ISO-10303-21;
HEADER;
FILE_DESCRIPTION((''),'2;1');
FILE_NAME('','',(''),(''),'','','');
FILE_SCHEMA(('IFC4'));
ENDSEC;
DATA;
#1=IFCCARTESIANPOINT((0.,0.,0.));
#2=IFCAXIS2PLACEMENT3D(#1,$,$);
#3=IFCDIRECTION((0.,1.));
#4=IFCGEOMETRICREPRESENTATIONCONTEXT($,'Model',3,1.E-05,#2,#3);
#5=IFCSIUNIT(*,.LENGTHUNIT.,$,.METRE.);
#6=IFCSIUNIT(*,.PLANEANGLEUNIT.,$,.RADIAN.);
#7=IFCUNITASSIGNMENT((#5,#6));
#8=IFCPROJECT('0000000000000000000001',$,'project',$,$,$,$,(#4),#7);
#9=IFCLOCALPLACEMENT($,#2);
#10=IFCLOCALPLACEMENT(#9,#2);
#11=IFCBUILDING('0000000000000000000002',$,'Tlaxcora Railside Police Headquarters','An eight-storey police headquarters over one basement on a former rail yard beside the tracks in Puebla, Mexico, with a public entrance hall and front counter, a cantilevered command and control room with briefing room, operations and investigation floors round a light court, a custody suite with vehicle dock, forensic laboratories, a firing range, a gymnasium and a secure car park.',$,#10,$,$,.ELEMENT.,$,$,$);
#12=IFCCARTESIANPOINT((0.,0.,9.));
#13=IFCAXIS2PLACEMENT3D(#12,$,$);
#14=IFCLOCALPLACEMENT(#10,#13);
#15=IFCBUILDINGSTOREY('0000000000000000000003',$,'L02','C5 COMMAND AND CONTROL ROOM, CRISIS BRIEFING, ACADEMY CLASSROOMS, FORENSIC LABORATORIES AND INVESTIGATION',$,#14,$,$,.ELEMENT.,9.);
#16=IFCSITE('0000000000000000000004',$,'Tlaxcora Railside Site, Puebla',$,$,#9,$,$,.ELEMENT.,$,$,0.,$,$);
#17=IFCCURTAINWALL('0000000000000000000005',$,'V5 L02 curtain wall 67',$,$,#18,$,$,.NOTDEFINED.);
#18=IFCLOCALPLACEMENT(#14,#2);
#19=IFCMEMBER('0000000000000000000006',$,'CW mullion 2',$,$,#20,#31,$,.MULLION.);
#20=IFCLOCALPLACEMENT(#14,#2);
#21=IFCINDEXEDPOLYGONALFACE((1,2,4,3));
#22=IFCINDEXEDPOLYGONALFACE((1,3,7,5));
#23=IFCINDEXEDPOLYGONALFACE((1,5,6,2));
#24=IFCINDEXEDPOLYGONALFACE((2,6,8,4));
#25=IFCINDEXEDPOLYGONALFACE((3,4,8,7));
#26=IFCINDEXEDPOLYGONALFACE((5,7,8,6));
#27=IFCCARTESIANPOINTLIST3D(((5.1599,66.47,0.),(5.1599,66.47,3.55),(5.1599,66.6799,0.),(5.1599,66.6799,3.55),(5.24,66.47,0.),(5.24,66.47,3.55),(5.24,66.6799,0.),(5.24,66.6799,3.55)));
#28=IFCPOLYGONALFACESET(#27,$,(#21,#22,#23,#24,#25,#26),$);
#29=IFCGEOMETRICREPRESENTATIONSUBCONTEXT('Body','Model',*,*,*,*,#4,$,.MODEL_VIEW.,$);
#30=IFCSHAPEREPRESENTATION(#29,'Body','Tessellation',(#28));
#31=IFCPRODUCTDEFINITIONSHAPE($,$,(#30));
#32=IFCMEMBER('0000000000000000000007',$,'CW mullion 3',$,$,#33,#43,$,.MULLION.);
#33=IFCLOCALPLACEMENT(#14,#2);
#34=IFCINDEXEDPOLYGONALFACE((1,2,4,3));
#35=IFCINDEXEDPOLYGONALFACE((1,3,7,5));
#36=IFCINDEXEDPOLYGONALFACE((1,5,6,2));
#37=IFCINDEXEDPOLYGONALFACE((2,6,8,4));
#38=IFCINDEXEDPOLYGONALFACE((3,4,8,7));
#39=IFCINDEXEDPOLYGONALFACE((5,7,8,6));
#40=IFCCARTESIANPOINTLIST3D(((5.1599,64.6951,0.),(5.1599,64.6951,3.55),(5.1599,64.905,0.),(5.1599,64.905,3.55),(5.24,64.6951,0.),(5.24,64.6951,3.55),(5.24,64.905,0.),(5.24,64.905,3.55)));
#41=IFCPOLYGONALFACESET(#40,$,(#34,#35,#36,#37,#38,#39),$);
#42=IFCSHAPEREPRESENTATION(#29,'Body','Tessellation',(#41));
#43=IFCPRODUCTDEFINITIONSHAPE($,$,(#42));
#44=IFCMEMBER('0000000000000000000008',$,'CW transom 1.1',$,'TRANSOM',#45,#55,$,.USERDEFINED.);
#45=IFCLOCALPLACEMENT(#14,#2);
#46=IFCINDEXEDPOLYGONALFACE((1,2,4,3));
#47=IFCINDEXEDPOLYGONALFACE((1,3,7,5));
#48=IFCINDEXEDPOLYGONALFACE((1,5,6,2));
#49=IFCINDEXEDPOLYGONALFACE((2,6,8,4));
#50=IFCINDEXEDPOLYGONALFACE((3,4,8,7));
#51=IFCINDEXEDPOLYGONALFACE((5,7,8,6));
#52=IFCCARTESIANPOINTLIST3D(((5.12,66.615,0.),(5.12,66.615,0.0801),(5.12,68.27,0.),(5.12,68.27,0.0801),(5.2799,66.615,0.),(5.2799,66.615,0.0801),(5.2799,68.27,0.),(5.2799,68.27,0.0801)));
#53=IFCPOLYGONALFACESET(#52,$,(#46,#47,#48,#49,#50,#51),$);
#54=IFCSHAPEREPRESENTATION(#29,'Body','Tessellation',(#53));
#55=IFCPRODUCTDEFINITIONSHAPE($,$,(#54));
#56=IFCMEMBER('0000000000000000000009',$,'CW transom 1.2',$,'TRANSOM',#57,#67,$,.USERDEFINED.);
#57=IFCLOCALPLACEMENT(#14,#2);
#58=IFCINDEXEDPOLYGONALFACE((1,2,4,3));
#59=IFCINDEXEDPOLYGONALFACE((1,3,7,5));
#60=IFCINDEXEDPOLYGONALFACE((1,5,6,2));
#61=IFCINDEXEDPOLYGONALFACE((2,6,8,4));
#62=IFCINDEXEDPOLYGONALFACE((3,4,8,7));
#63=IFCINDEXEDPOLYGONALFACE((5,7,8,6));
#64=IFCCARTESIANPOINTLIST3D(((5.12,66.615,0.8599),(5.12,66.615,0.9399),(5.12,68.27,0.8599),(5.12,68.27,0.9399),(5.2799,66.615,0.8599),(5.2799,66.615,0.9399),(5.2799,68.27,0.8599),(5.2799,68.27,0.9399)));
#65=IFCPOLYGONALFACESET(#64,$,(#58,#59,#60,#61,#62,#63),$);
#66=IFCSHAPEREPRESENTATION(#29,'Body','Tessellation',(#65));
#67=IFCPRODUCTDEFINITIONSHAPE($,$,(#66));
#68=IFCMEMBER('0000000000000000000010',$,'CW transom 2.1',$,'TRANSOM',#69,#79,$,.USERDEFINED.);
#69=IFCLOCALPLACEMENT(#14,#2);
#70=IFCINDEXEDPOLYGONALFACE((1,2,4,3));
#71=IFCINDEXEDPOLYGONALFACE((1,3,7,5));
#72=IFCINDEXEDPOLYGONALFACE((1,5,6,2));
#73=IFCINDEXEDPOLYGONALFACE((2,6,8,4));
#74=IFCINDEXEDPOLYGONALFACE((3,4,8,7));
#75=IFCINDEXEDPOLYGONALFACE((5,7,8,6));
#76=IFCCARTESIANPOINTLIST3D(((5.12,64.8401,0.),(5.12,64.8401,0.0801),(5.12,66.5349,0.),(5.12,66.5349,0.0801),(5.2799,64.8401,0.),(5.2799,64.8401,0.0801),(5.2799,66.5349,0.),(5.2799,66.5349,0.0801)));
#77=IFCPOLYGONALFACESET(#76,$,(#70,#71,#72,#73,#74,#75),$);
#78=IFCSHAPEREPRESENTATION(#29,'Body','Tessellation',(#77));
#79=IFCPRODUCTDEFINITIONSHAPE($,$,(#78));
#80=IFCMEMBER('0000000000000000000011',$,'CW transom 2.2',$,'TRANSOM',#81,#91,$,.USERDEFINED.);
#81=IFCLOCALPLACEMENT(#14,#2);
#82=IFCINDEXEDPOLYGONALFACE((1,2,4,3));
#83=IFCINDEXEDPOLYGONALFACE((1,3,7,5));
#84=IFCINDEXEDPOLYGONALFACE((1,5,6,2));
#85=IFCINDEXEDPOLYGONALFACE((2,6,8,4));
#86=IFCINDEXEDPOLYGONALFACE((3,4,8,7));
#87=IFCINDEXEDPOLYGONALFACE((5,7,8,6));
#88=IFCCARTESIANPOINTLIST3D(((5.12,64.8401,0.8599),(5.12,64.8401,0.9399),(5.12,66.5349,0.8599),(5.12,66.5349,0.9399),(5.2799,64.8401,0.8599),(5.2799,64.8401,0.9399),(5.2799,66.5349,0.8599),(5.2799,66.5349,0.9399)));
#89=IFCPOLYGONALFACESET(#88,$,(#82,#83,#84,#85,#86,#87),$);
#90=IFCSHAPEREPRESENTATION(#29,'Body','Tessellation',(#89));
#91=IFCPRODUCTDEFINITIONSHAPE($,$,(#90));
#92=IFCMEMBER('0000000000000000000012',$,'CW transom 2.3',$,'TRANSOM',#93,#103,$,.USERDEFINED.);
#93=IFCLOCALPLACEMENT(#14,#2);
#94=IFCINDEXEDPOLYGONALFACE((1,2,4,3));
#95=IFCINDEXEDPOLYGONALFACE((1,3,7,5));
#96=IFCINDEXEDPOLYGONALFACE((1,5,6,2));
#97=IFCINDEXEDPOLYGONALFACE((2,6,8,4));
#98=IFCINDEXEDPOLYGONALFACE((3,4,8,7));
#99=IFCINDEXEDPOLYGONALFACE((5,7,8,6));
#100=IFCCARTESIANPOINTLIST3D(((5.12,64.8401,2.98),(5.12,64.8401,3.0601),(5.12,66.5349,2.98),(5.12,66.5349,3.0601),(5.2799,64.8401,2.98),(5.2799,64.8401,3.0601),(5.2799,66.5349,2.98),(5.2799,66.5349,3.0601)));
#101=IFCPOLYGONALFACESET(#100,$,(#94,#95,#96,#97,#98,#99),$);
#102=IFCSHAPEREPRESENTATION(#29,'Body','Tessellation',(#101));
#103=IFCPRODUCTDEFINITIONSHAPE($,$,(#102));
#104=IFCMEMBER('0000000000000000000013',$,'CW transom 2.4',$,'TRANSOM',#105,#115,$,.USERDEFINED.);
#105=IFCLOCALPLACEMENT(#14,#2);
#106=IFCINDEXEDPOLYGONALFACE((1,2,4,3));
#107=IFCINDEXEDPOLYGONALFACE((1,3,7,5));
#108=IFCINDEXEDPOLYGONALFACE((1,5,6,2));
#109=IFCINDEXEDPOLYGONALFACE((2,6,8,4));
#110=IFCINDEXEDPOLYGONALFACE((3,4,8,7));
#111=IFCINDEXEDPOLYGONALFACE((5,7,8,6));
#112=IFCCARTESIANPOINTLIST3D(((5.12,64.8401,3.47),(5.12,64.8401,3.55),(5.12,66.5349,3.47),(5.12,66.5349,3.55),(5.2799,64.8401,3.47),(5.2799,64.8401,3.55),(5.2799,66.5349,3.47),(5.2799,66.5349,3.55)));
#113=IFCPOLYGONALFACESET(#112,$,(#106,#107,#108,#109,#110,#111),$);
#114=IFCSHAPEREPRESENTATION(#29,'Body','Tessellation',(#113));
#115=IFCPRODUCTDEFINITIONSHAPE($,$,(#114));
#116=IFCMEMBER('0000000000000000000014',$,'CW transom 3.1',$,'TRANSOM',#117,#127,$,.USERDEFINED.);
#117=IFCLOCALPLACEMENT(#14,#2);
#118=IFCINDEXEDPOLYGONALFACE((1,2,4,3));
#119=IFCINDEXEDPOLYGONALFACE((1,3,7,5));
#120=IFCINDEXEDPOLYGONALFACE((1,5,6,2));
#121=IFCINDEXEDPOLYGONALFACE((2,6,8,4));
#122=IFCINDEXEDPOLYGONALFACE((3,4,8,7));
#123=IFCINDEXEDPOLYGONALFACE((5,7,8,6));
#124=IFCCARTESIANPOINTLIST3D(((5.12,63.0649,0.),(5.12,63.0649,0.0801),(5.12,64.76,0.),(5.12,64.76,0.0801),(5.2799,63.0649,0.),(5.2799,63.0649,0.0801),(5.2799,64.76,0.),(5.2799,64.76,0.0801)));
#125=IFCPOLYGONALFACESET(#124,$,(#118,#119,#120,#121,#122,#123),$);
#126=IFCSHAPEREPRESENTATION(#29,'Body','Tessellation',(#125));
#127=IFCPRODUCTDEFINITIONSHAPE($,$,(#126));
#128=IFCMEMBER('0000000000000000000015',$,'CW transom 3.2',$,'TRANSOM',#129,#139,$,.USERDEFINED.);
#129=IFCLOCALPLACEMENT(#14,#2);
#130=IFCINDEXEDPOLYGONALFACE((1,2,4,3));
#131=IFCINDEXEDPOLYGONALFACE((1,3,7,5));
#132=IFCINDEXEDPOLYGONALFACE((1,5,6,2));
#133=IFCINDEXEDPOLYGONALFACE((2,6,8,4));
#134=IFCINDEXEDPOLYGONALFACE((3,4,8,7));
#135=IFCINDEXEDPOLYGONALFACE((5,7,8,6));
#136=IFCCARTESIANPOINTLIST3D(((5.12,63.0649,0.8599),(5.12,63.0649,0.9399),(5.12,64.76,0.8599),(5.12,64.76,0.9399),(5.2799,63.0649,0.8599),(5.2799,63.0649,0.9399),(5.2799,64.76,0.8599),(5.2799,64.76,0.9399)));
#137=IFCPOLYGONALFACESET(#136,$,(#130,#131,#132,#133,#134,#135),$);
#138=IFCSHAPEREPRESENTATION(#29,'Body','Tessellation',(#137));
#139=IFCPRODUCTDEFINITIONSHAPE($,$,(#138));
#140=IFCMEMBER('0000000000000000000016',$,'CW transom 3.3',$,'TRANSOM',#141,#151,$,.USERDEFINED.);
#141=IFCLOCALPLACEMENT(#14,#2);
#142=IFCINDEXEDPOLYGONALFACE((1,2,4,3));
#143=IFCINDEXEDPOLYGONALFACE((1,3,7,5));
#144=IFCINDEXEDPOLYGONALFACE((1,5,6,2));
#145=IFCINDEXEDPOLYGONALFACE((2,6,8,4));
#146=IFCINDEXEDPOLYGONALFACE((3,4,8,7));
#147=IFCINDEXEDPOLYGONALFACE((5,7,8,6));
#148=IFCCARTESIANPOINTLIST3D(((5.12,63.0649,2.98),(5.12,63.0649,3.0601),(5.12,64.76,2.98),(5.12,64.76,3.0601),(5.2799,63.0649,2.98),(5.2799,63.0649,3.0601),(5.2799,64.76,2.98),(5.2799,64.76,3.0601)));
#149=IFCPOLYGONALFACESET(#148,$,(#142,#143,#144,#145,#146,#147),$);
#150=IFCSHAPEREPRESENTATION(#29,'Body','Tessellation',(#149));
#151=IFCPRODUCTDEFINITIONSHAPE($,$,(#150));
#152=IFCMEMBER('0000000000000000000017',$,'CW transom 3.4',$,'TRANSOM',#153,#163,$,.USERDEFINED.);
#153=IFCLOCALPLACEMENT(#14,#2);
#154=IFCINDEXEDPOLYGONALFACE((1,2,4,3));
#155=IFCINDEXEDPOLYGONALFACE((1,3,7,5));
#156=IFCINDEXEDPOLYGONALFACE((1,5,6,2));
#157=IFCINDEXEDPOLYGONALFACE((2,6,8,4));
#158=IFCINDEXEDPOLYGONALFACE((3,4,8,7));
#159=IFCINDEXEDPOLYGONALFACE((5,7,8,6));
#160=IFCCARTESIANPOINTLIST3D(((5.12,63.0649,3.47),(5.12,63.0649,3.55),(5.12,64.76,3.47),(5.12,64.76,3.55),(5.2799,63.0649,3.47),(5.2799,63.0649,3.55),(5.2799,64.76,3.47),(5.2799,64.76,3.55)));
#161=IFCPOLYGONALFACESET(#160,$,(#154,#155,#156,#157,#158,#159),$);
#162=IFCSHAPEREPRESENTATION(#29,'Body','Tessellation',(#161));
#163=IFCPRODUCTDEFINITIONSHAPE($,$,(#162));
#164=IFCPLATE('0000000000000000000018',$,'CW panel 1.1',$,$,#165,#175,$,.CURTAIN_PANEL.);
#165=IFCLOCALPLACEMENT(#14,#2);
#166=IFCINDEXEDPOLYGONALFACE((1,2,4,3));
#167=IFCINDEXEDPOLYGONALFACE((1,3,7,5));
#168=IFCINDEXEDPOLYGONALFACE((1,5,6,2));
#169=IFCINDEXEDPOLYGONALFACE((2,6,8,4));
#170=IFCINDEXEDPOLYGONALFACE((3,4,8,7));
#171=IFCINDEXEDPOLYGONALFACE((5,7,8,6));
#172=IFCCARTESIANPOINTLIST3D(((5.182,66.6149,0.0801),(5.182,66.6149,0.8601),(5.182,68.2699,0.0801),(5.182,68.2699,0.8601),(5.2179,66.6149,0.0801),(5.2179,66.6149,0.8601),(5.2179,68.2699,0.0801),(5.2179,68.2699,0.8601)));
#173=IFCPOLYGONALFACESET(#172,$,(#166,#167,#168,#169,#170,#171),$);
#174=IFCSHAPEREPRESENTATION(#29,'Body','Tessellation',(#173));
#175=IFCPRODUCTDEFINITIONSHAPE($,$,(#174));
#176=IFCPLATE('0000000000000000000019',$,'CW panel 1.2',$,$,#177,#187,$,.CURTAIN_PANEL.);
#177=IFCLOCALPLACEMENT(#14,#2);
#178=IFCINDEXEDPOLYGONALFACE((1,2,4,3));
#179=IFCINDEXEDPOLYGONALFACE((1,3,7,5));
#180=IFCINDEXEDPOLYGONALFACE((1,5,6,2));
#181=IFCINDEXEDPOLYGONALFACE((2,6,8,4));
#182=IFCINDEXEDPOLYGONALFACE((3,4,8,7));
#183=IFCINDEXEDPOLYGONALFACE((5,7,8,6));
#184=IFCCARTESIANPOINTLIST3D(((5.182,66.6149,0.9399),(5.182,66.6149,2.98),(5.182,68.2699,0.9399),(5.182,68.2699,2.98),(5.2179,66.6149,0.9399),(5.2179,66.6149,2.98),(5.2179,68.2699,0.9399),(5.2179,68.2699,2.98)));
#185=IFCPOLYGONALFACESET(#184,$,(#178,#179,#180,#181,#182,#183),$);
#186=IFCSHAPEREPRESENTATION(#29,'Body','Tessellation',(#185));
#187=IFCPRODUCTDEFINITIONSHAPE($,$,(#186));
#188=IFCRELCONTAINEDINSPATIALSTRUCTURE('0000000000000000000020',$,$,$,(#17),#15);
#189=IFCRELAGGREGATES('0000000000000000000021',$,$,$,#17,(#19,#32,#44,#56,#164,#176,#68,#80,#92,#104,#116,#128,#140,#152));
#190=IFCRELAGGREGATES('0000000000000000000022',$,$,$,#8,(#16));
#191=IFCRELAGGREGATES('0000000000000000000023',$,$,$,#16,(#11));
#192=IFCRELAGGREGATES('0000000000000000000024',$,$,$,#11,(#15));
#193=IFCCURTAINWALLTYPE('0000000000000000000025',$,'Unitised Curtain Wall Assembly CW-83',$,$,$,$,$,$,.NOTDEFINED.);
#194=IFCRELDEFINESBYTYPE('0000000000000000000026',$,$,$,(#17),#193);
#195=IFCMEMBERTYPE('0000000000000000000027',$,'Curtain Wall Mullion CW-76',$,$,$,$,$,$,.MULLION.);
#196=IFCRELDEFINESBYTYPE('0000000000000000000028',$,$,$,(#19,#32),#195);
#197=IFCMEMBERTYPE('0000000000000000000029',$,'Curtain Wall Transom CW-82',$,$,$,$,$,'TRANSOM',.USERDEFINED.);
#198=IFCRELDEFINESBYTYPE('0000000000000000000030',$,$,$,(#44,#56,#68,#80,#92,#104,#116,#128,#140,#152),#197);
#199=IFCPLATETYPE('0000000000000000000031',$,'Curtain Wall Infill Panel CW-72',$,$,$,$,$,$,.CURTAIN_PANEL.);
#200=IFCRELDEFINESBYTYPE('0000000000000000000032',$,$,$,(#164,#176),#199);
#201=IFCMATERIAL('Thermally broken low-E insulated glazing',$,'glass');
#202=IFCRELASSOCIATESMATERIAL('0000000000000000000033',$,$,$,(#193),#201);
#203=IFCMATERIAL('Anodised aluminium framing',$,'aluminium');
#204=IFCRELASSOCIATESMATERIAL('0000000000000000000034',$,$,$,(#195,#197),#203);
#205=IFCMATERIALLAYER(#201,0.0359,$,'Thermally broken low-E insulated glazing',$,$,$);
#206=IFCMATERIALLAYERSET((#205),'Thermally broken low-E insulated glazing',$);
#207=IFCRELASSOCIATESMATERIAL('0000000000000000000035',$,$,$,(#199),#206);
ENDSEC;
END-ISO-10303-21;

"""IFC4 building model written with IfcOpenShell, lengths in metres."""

from ifc_helpers import new_model, si_unit, direction, frame, origin, origin_2d, place, context, subcontext, project, spatial, rectangle, extrude, material, layer, layer_set, material_profile, profile_set, type_object, element, aggregate, save


model = new_model("IFC4")

# Units and contexts
model_context = context("Model", 3, precision=1e-05, world=origin(), true_north=direction((0.0, 1.0)))
body_context = subcontext(model_context, "Body", "Model", "MODEL_VIEW")
ifc_project = project(units=[si_unit("LENGTHUNIT", "METRE"), si_unit("PLANEANGLEUNIT", "RADIAN")], contexts=[model_context])

# Site, building, storey
site_placement = place(None, origin())
site = spatial("IfcSite", under=ifc_project, at=site_placement, Name="Tlaxcora Railside Site, Puebla", CompositionType="ELEMENT", RefElevation=0.0)
building_placement = place(site_placement, origin())
building = spatial("IfcBuilding", under=site, at=building_placement, Name="Tlaxcora Railside Police Headquarters", Description="An eight-storey police headquarters over one basement on a former rail yard beside the tracks in Puebla, Mexico, with a public entrance hall and front counter, a cantilevered command and control room with briefing room, operations and investigation floors round a light court, a custody suite with vehicle dock, forensic laboratories, a firing range, a gymnasium and a secure car park.", CompositionType="ELEMENT")
storey_placement = place(building_placement, frame((0.0, 0.0, 9.0)))
storey = spatial("IfcBuildingStorey", under=building, at=storey_placement, Name="L02", Description="C5 COMMAND AND CONTROL ROOM, CRISIS BRIEFING, ACADEMY CLASSROOMS, FORENSIC LABORATORIES AND INVESTIGATION", CompositionType="ELEMENT", Elevation=9.0)

# Curtain wall, members, plates
ifc_material_1 = material(Name="Thermally broken low-E insulated glazing", Category="glass")
curtain_wall_type = type_object("IfcCurtainWallType", Name="Unitised Curtain Wall Assembly CW-83", PredefinedType="NOTDEFINED", material=ifc_material_1)
curtain_wall_placement = place(storey_placement, origin())
curtain_wall = element("IfcCurtainWall", 1, at=curtain_wall_placement, inside=storey, type_object=curtain_wall_type, Name="V5 L02 curtain wall 67", PredefinedType="NOTDEFINED")
ifc_material_2 = material(Name="Anodised aluminium framing", Category="aluminium")
ifc_material_profile_1 = material_profile(ifc_material_2, rectangle(XDim=0.0801, YDim=0.21, at=origin_2d()), Name="AL80X210")
ifc_profile_set_1 = profile_set([ifc_material_profile_1], Name="Anodised aluminium framing")
member_type_1 = type_object("IfcMemberType", Name="Curtain Wall Mullion CW-76", PredefinedType="MULLION", material=ifc_profile_set_1)
member_1_placement = place(storey_placement, frame((5.2, 66.575, 0.0), z_axis=(0.0, 0.0, 1.0), x_axis=(1.0, 0.0, 0.0)))
member_1 = element("IfcMember", 2, at=member_1_placement, type_object=member_type_1, Name="CW mullion 2", PredefinedType="MULLION", context=body_context, shape_type="SweptSolid", body=[
    extrude(rectangle(XDim=0.0801, YDim=0.21, at=origin_2d()), origin(), (0.0, 0.0, 1.0), 3.55),
])
member_2_placement = place(storey_placement, frame((5.2, 64.8, 0.0), z_axis=(0.0, 0.0, 1.0), x_axis=(1.0, 0.0, 0.0)))
member_2 = element("IfcMember", 3, at=member_2_placement, type_object=member_type_1, Name="CW mullion 3", PredefinedType="MULLION", context=body_context, shape_type="SweptSolid", body=[
    extrude(rectangle(XDim=0.0801, YDim=0.21, at=origin_2d()), origin(), (0.0, 0.0, 1.0), 3.55),
])
ifc_material_profile_2 = material_profile(ifc_material_2, rectangle(XDim=0.1599, YDim=0.0801, at=origin_2d()), Name="AL80X160")
ifc_profile_set_2 = profile_set([ifc_material_profile_2], Name="Anodised aluminium framing")
member_type_2 = type_object("IfcMemberType", Name="Curtain Wall Transom CW-82", ElementType="TRANSOM", PredefinedType="USERDEFINED", material=ifc_profile_set_2)
member_3_placement = place(storey_placement, frame((5.2, 68.27, 0.04), z_axis=(0.0, -1.0, 0.0), x_axis=(1.0, 0.0, 0.0)))
member_3 = element("IfcMember", 4, at=member_3_placement, type_object=member_type_2, Name="CW transom 1.1", ObjectType="TRANSOM", PredefinedType="USERDEFINED", context=body_context, shape_type="SweptSolid", body=[
    extrude(rectangle(XDim=0.1599, YDim=0.0801, at=origin_2d()), origin(), (0.0, 0.0, 1.0), 1.655),
])
member_4_placement = place(storey_placement, frame((5.2, 68.27, 0.8999), z_axis=(0.0, -1.0, 0.0), x_axis=(1.0, 0.0, 0.0)))
member_4 = element("IfcMember", 5, at=member_4_placement, type_object=member_type_2, Name="CW transom 1.2", ObjectType="TRANSOM", PredefinedType="USERDEFINED", context=body_context, shape_type="SweptSolid", body=[
    extrude(rectangle(XDim=0.1599, YDim=0.0801, at=origin_2d()), origin(), (0.0, 0.0, 1.0), 1.655),
])
member_5_placement = place(storey_placement, frame((5.2, 66.5349, 0.04), z_axis=(0.0, -1.0, 0.0), x_axis=(1.0, 0.0, 0.0)))
member_5 = element("IfcMember", 6, at=member_5_placement, type_object=member_type_2, Name="CW transom 2.1", ObjectType="TRANSOM", PredefinedType="USERDEFINED", context=body_context, shape_type="SweptSolid", body=[
    extrude(rectangle(XDim=0.1599, YDim=0.0801, at=origin_2d()), origin(), (0.0, 0.0, 1.0), 1.6948),
])
member_6_placement = place(storey_placement, frame((5.2, 66.5349, 0.8999), z_axis=(0.0, -1.0, 0.0), x_axis=(1.0, 0.0, 0.0)))
member_6 = element("IfcMember", 7, at=member_6_placement, type_object=member_type_2, Name="CW transom 2.2", ObjectType="TRANSOM", PredefinedType="USERDEFINED", context=body_context, shape_type="SweptSolid", body=[
    extrude(rectangle(XDim=0.1599, YDim=0.0801, at=origin_2d()), origin(), (0.0, 0.0, 1.0), 1.6948),
])
member_7_placement = place(storey_placement, frame((5.2, 66.5349, 3.02), z_axis=(0.0, -1.0, 0.0), x_axis=(1.0, 0.0, 0.0)))
member_7 = element("IfcMember", 8, at=member_7_placement, type_object=member_type_2, Name="CW transom 2.3", ObjectType="TRANSOM", PredefinedType="USERDEFINED", context=body_context, shape_type="SweptSolid", body=[
    extrude(rectangle(XDim=0.1599, YDim=0.0801, at=origin_2d()), origin(), (0.0, 0.0, 1.0), 1.6948),
])
member_8_placement = place(storey_placement, frame((5.2, 66.5349, 3.51), z_axis=(0.0, -1.0, 0.0), x_axis=(1.0, 0.0, 0.0)))
member_8 = element("IfcMember", 9, at=member_8_placement, type_object=member_type_2, Name="CW transom 2.4", ObjectType="TRANSOM", PredefinedType="USERDEFINED", context=body_context, shape_type="SweptSolid", body=[
    extrude(rectangle(XDim=0.1599, YDim=0.0801, at=origin_2d()), origin(), (0.0, 0.0, 1.0), 1.6948),
])
member_9_placement = place(storey_placement, frame((5.2, 64.76, 0.04), z_axis=(0.0, -1.0, 0.0), x_axis=(1.0, 0.0, 0.0)))
member_9 = element("IfcMember", 10, at=member_9_placement, type_object=member_type_2, Name="CW transom 3.1", ObjectType="TRANSOM", PredefinedType="USERDEFINED", context=body_context, shape_type="SweptSolid", body=[
    extrude(rectangle(XDim=0.1599, YDim=0.0801, at=origin_2d()), origin(), (0.0, 0.0, 1.0), 1.6951),
])
member_10_placement = place(storey_placement, frame((5.2, 64.76, 0.8999), z_axis=(0.0, -1.0, 0.0), x_axis=(1.0, 0.0, 0.0)))
member_10 = element("IfcMember", 11, at=member_10_placement, type_object=member_type_2, Name="CW transom 3.2", ObjectType="TRANSOM", PredefinedType="USERDEFINED", context=body_context, shape_type="SweptSolid", body=[
    extrude(rectangle(XDim=0.1599, YDim=0.0801, at=origin_2d()), origin(), (0.0, 0.0, 1.0), 1.6951),
])
member_11_placement = place(storey_placement, frame((5.2, 64.76, 3.02), z_axis=(0.0, -1.0, 0.0), x_axis=(1.0, 0.0, 0.0)))
member_11 = element("IfcMember", 12, at=member_11_placement, type_object=member_type_2, Name="CW transom 3.3", ObjectType="TRANSOM", PredefinedType="USERDEFINED", context=body_context, shape_type="SweptSolid", body=[
    extrude(rectangle(XDim=0.1599, YDim=0.0801, at=origin_2d()), origin(), (0.0, 0.0, 1.0), 1.6951),
])
member_12_placement = place(storey_placement, frame((5.2, 64.76, 3.51), z_axis=(0.0, -1.0, 0.0), x_axis=(1.0, 0.0, 0.0)))
member_12 = element("IfcMember", 13, at=member_12_placement, type_object=member_type_2, Name="CW transom 3.4", ObjectType="TRANSOM", PredefinedType="USERDEFINED", context=body_context, shape_type="SweptSolid", body=[
    extrude(rectangle(XDim=0.1599, YDim=0.0801, at=origin_2d()), origin(), (0.0, 0.0, 1.0), 1.6951),
])
ifc_layer_1 = layer(ifc_material_1, 0.0359, Name="Thermally broken low-E insulated glazing")
ifc_layer_set_1 = layer_set([ifc_layer_1], Name="Thermally broken low-E insulated glazing")
plate_type = type_object("IfcPlateType", Name="Curtain Wall Infill Panel CW-72", PredefinedType="CURTAIN_PANEL", material=ifc_layer_set_1)
plate_1_placement = place(storey_placement, frame((5.2, 67.4424, 0.0801), z_axis=(0.0, 0.0, 1.0), x_axis=(0.0, -1.0, 0.0)))
plate_1 = element("IfcPlate", 14, at=plate_1_placement, type_object=plate_type, Name="CW panel 1.1", PredefinedType="CURTAIN_PANEL", context=body_context, shape_type="SweptSolid", body=[
    extrude(rectangle(XDim=1.655, YDim=0.0359, at=origin_2d()), origin(), (0.0, 0.0, 1.0), 0.78),
])
plate_2_placement = place(storey_placement, frame((5.2, 67.4424, 0.9399), z_axis=(0.0, 0.0, 1.0), x_axis=(0.0, -1.0, 0.0)))
plate_2 = element("IfcPlate", 15, at=plate_2_placement, type_object=plate_type, Name="CW panel 1.2", PredefinedType="CURTAIN_PANEL", context=body_context, shape_type="SweptSolid", body=[
    extrude(rectangle(XDim=1.655, YDim=0.0359, at=origin_2d()), origin(), (0.0, 0.0, 1.0), 2.04),
])
aggregate(curtain_wall, [member_1, member_2, member_3, member_4, plate_1, plate_2, member_5, member_6, member_7, member_8, member_9, member_10, member_11, member_12])

save(model, "model.ifc")
